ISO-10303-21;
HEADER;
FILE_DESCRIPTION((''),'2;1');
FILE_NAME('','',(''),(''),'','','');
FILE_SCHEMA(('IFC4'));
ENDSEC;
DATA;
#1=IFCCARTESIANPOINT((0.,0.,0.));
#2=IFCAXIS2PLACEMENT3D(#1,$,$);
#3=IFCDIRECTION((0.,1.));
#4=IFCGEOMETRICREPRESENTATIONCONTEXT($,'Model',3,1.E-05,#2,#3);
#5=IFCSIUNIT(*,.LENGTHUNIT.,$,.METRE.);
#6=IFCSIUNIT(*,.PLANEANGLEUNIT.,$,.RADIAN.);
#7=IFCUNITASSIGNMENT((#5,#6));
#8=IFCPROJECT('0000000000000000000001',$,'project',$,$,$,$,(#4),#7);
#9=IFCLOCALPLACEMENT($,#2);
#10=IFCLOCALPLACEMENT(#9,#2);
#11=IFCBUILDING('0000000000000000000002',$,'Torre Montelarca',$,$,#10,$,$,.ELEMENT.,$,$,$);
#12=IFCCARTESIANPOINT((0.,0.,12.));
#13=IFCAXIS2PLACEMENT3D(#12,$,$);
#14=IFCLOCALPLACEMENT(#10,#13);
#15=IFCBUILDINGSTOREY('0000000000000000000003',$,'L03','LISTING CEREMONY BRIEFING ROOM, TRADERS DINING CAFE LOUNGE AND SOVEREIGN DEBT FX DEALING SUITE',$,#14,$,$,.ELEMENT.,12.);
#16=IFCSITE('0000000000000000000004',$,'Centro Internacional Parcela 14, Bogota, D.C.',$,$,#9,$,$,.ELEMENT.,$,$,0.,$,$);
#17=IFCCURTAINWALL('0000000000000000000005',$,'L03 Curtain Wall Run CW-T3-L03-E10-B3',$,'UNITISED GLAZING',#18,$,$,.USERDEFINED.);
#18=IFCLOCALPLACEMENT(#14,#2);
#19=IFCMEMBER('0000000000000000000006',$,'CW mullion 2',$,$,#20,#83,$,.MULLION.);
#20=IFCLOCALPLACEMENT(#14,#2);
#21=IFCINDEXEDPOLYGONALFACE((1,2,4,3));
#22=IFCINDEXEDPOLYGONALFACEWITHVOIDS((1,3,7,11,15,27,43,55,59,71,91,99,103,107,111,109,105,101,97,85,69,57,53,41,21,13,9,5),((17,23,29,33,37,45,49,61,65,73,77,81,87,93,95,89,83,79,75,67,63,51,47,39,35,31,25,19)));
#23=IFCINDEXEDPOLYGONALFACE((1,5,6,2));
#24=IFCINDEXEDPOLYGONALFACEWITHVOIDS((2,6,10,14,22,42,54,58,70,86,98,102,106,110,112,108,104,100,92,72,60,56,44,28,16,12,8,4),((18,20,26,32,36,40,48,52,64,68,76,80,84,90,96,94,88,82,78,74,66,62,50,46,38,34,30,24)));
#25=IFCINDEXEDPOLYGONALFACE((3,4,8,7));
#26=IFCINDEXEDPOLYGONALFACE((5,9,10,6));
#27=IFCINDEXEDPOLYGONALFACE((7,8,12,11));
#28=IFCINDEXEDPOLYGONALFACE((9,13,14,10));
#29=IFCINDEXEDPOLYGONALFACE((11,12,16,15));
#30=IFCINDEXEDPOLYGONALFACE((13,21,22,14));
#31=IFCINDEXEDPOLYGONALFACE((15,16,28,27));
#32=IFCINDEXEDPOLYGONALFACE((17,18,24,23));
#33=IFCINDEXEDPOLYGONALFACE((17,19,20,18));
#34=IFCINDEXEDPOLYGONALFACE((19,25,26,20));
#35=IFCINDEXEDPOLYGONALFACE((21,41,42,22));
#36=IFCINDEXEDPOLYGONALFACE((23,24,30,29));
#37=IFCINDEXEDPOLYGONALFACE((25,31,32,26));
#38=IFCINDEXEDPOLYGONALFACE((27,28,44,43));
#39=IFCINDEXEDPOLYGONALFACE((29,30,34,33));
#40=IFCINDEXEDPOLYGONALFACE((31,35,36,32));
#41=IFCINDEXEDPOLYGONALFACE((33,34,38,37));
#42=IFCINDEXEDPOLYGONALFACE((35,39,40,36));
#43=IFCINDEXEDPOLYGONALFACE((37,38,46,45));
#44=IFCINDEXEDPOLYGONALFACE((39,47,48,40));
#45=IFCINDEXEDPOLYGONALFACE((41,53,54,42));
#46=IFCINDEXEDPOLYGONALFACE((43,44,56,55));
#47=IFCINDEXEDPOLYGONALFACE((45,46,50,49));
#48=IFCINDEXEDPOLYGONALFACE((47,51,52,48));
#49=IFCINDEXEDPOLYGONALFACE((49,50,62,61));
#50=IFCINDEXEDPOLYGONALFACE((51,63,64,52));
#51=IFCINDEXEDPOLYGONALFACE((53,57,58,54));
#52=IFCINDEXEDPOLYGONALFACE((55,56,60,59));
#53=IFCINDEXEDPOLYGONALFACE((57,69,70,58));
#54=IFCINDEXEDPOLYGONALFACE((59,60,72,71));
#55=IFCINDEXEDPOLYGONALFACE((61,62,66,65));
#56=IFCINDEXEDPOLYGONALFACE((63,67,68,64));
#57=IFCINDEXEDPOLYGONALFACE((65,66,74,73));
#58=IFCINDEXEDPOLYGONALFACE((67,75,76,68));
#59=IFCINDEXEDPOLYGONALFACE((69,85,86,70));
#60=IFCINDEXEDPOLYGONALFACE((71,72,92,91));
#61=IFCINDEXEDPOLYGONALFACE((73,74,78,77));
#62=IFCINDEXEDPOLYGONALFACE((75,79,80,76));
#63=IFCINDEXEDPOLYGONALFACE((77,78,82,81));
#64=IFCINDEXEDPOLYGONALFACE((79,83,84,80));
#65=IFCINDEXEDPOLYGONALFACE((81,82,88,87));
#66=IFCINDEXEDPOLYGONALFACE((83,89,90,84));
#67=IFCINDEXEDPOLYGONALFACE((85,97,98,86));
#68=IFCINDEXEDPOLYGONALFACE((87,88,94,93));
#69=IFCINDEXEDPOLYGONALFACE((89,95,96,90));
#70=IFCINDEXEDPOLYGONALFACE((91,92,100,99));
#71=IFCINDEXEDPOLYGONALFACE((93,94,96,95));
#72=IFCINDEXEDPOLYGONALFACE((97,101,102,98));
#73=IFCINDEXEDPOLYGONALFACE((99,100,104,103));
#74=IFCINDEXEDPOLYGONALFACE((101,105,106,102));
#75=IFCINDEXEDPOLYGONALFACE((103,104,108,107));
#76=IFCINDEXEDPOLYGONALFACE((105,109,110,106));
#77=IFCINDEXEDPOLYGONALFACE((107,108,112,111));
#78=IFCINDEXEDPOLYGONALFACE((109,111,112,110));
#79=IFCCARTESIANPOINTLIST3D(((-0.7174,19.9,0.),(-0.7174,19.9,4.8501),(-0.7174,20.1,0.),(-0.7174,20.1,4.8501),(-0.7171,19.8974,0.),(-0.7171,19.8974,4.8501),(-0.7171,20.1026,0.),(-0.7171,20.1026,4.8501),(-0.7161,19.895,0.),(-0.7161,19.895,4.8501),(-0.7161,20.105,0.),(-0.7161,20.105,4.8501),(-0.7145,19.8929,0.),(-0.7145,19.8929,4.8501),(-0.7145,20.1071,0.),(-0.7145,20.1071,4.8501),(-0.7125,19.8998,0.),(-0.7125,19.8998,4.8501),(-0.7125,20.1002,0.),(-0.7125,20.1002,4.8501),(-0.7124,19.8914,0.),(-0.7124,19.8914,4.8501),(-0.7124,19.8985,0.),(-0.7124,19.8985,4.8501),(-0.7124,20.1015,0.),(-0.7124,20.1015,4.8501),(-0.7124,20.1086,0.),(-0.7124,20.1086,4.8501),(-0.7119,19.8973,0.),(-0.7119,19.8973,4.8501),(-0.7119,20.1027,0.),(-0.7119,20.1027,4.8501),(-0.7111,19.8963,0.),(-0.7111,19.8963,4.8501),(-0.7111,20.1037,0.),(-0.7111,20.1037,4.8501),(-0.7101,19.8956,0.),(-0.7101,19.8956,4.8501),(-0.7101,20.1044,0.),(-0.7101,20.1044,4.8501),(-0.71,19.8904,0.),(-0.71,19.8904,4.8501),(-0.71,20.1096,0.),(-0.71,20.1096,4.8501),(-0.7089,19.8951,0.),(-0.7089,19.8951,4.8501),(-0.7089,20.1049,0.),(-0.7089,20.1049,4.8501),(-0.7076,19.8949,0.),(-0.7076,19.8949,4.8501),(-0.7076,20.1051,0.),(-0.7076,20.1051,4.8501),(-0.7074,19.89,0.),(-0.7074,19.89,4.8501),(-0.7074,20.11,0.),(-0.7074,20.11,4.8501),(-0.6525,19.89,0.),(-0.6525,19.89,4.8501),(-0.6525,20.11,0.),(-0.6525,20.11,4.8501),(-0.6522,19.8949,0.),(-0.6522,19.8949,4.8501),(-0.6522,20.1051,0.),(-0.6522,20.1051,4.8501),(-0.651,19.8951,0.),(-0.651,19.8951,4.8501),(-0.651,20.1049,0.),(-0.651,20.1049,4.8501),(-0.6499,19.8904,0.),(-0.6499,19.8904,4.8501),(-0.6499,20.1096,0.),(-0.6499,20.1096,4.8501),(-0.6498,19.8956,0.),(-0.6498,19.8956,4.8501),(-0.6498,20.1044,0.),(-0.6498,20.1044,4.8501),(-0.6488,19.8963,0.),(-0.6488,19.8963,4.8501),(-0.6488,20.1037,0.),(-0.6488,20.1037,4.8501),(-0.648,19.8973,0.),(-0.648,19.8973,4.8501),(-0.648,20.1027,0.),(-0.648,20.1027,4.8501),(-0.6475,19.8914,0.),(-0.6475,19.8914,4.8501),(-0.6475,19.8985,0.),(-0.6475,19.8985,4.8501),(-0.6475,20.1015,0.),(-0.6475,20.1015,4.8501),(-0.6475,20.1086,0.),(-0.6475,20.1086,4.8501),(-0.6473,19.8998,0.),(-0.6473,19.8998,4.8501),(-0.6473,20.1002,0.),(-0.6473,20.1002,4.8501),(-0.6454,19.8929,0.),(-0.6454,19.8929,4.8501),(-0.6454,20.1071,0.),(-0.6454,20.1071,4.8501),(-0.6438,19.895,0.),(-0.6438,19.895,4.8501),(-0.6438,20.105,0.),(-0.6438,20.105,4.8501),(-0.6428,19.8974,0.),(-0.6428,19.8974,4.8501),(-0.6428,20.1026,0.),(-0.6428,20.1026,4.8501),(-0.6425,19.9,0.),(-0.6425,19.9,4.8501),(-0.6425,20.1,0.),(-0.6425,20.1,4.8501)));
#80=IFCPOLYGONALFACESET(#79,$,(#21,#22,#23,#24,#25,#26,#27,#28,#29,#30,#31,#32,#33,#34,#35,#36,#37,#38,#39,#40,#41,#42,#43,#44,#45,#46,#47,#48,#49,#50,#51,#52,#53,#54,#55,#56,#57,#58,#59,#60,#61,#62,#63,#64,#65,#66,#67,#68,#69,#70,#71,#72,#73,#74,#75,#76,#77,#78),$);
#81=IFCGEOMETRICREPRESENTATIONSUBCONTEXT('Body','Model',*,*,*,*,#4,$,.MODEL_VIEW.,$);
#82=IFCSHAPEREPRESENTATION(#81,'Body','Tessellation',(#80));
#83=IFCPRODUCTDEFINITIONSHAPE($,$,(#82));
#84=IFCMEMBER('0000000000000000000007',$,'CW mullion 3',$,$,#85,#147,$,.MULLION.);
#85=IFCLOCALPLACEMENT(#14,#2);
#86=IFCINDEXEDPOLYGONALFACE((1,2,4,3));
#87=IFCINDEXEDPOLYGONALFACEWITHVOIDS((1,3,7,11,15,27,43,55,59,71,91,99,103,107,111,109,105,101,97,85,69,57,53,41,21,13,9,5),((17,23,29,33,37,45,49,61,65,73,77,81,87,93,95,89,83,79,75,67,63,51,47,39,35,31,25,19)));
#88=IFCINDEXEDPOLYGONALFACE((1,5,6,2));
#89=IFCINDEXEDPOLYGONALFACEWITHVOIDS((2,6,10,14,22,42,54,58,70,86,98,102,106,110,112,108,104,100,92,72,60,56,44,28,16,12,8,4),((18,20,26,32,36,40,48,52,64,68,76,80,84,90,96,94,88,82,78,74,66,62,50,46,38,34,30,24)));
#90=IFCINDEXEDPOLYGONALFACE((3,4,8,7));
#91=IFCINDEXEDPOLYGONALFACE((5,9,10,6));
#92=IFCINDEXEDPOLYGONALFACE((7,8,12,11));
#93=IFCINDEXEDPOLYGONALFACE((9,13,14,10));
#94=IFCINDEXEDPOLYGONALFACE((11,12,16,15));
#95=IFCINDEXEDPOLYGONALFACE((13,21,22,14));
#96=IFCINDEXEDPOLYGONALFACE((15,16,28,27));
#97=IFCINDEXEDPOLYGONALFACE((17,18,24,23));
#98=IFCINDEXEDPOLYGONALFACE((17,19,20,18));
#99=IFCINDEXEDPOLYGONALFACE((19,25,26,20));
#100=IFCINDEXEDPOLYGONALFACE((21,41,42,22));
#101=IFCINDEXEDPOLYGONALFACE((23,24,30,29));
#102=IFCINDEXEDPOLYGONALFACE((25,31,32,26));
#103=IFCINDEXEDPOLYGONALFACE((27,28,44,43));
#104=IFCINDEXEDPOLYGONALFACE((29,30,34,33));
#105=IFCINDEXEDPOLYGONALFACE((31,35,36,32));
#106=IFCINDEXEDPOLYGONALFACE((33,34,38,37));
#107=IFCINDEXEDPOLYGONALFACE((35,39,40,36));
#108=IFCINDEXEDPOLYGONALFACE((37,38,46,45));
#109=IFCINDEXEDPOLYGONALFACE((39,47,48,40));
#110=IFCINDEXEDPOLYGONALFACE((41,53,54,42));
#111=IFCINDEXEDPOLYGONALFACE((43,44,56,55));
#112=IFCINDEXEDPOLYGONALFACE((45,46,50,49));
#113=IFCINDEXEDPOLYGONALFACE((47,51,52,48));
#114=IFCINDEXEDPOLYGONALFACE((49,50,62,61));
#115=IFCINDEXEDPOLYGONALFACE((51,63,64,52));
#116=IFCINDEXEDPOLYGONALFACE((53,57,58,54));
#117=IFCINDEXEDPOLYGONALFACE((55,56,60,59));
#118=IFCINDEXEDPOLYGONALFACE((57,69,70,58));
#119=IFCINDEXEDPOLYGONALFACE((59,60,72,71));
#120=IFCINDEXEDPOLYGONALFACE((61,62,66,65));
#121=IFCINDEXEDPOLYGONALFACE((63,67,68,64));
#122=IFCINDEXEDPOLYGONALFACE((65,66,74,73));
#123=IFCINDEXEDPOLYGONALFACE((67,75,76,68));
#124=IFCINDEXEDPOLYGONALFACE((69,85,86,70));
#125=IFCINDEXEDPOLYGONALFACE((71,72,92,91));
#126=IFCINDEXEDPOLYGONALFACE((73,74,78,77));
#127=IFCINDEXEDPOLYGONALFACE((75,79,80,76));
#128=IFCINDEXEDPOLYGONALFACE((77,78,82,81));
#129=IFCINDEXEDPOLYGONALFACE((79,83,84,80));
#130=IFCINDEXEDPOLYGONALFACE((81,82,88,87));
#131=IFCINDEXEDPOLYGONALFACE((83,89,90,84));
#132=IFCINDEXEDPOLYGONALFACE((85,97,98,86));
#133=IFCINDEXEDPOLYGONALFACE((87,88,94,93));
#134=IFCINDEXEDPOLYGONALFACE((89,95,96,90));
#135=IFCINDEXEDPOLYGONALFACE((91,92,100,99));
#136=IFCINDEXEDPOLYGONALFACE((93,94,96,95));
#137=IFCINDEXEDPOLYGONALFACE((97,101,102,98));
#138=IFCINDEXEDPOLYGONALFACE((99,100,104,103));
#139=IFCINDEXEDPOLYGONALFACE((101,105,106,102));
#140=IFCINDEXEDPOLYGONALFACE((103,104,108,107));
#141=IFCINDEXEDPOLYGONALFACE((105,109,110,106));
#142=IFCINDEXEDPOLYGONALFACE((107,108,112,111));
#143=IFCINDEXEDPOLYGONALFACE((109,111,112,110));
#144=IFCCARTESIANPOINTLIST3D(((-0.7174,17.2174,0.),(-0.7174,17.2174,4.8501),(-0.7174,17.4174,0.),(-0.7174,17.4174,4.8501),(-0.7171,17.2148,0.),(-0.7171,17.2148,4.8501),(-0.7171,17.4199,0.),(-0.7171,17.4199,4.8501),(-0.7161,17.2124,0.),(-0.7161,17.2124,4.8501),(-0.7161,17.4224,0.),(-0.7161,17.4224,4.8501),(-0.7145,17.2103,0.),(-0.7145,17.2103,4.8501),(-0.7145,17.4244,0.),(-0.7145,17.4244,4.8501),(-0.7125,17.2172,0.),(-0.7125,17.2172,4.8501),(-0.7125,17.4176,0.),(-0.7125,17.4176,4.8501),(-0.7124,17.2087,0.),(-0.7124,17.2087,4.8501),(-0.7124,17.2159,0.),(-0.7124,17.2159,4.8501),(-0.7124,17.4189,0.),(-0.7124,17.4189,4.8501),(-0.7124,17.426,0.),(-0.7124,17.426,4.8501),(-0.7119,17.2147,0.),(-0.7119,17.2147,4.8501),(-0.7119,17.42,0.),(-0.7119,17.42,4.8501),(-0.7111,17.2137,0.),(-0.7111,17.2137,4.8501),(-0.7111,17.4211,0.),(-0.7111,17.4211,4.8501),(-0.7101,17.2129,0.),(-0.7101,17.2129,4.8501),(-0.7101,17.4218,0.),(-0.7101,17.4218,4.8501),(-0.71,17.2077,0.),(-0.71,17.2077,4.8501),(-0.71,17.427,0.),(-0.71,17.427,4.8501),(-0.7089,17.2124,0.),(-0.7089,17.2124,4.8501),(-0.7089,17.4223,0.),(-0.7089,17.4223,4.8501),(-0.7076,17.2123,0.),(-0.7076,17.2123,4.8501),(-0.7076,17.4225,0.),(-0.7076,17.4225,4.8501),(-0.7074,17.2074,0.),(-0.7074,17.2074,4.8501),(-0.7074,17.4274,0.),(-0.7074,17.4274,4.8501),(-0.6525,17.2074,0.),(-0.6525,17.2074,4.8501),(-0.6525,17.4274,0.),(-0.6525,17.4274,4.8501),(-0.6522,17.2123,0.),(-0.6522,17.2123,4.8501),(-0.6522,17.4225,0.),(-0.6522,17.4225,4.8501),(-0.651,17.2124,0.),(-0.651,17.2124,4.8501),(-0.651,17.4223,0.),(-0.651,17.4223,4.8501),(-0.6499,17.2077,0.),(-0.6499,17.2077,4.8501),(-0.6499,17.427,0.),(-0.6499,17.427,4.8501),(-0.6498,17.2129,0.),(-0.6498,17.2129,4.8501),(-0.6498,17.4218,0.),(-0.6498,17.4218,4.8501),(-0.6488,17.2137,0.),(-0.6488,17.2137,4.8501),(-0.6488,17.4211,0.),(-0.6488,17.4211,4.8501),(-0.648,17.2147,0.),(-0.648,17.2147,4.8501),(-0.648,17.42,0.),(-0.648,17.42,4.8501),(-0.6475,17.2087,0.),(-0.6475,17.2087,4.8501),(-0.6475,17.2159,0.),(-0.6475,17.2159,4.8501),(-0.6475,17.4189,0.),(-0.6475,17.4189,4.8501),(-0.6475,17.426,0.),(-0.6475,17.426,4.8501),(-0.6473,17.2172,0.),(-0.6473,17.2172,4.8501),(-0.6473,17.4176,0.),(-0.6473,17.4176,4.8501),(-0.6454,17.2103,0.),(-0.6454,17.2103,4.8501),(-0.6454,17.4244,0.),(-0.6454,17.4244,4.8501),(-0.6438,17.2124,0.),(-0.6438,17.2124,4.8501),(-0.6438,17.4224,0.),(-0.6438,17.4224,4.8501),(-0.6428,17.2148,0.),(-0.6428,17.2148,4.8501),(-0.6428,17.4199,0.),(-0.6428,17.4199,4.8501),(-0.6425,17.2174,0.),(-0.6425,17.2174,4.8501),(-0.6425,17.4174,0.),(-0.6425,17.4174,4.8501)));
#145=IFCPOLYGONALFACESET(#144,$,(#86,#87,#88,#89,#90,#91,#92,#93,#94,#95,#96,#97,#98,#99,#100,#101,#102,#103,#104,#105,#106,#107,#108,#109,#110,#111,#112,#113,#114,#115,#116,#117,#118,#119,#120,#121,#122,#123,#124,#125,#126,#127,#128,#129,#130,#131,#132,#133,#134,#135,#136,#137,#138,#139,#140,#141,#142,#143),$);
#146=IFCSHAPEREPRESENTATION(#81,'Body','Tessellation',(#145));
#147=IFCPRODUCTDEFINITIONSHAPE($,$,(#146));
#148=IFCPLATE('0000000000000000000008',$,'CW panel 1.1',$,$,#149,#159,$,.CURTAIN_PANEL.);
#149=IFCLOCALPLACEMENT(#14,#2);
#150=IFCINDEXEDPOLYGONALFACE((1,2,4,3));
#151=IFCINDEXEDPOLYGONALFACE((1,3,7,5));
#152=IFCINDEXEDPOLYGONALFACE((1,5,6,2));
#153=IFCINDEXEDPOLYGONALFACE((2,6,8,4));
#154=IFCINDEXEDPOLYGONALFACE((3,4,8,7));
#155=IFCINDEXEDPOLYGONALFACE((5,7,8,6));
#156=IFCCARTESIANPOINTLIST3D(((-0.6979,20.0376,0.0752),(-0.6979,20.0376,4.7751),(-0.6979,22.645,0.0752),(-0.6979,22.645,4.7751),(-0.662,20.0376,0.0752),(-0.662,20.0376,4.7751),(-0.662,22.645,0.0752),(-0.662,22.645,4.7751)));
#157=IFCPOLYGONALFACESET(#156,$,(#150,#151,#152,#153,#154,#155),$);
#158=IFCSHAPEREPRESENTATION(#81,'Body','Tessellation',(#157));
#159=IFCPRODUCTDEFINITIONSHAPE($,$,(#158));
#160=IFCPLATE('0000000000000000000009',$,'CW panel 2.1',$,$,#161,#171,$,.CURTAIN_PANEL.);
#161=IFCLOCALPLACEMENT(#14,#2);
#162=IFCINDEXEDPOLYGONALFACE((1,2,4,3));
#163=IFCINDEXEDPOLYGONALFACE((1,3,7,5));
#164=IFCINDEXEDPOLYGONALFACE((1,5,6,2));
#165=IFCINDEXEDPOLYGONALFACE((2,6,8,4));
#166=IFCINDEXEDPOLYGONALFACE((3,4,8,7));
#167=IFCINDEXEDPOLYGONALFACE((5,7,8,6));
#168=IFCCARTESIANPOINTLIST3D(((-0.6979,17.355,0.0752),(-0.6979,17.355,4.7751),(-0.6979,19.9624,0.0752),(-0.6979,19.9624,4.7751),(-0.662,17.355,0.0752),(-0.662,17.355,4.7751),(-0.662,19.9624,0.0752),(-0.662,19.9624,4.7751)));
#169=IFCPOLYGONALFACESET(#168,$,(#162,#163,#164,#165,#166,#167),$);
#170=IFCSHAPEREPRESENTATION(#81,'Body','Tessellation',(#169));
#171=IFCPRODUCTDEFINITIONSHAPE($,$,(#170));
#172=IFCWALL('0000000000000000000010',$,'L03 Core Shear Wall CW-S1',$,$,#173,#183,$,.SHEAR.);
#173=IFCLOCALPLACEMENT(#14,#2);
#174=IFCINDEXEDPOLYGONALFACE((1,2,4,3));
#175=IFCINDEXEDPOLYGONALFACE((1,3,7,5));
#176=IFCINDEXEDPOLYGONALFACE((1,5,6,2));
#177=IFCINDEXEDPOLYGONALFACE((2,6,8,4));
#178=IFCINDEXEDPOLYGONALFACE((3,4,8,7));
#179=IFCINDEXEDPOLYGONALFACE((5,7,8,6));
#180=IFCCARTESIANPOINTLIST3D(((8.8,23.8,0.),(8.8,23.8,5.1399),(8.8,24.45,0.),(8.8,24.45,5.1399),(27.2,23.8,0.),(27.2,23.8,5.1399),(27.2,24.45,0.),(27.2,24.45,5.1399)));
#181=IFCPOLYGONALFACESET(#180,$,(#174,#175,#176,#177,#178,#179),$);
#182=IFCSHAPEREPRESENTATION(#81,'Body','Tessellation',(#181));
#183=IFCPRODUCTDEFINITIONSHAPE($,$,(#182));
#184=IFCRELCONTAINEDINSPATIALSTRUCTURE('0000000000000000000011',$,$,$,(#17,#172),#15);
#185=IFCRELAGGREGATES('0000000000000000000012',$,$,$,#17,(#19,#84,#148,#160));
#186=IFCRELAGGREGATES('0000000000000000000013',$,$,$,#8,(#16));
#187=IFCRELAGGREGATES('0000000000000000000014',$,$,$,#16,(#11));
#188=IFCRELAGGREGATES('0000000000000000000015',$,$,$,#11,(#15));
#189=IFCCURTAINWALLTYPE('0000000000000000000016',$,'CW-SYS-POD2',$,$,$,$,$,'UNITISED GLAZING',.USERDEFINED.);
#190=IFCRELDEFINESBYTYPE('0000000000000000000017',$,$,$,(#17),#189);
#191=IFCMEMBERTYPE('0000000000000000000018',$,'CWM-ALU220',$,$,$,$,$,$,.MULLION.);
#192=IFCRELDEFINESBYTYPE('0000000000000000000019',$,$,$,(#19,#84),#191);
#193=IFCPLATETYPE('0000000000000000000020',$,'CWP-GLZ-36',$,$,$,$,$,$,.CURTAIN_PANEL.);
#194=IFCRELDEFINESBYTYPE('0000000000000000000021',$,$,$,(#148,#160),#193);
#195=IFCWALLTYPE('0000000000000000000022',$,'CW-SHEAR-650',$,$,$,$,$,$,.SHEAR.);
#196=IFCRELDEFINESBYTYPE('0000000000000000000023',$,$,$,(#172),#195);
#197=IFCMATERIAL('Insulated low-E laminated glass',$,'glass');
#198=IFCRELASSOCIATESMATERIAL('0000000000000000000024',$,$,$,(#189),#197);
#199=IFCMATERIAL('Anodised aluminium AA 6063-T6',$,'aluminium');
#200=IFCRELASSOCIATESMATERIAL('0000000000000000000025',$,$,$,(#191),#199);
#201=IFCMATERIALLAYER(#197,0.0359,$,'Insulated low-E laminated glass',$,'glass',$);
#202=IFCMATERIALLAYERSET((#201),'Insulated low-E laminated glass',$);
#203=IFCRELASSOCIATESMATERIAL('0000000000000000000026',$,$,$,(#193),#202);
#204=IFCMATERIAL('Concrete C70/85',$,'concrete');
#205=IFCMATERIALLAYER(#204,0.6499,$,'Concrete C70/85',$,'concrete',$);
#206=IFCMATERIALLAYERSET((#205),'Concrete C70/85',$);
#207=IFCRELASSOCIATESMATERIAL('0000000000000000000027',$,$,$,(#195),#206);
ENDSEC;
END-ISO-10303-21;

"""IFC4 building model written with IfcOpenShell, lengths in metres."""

from ifc_helpers import new_model, si_unit, direction, frame, frame_2d, origin, origin_2d, place, context, subcontext, project, spatial, rectangle, hollow_rectangle, extrude, source, transform, mapped, material, layer, layer_set, material_profile, profile_set, type_object, element, aggregate, save


model = new_model("IFC4")

# Units and contexts
model_context = context("Model", 3, precision=1e-05, world=origin(), true_north=direction((0.0, 1.0)))
body_context = subcontext(model_context, "Body", "Model", "MODEL_VIEW")
ifc_project = project(units=[si_unit("LENGTHUNIT", "METRE"), si_unit("PLANEANGLEUNIT", "RADIAN")], contexts=[model_context])

# Site, building, storey
site_placement = place(None, origin())
site = spatial("IfcSite", under=ifc_project, at=site_placement, Name="Centro Internacional Parcela 14, Bogota, D.C.", CompositionType="ELEMENT", RefElevation=0.0)
building_placement = place(site_placement, origin())
building = spatial("IfcBuilding", under=site, at=building_placement, Name="Torre Montelarca", CompositionType="ELEMENT")
storey_placement = place(building_placement, frame((0.0, 0.0, 12.0)))
storey = spatial("IfcBuildingStorey", under=building, at=storey_placement, Name="L03", Description="LISTING CEREMONY BRIEFING ROOM, TRADERS DINING CAFE LOUNGE AND SOVEREIGN DEBT FX DEALING SUITE", CompositionType="ELEMENT", Elevation=12.0)

# Shared definitions
ifc_material_1 = material(Name="Concrete C70/85", Category="concrete")

# Curtain wall
ifc_material_2 = material(Name="Insulated low-E laminated glass", Category="glass")
curtain_wall_type = type_object("IfcCurtainWallType", Name="CW-SYS-POD2", ElementType="UNITISED GLAZING", PredefinedType="USERDEFINED", material=ifc_material_2)
curtain_wall_1_placement = place(storey_placement, origin())
curtain_wall_1 = element("IfcCurtainWall", 1, at=curtain_wall_1_placement, inside=storey, type_object=curtain_wall_type, Name="L03 Curtain Wall Run CW-T3-L03-E10-B3", ObjectType="UNITISED GLAZING", PredefinedType="USERDEFINED")
ifc_material_3 = material(Name="Anodised aluminium AA 6063-T6", Category="aluminium")

# Shared definitions
ifc_material_profile_1 = material_profile(ifc_material_3, hollow_rectangle(XDim=0.075, YDim=0.22, WallThickness=0.0049, InnerFilletRadius=0.0049, OuterFilletRadius=0.01, at=origin_2d()), Name="ALU75X220X5", Category="aluminium")
ifc_profile_set_1 = profile_set([ifc_material_profile_1], Name="Anodised aluminium AA 6063-T6")
member_type_1 = type_object("IfcMemberType", Name="CWM-ALU220", PredefinedType="MULLION", material=ifc_profile_set_1)
shared_shape_1 = source(origin(), body_context, "Body", "SweptSolid", [
    extrude(hollow_rectangle(XDim=0.075, YDim=0.22, WallThickness=0.0049, InnerFilletRadius=0.0049, OuterFilletRadius=0.01, at=origin_2d()), origin(), (0.0, 0.0, 1.0), 4.8501),
])

# Members
member_1_placement = place(storey_placement, frame((-0.6799, 20.0, 0.0), z_axis=(0.0, 0.0, 1.0), x_axis=(1.0, 0.0, 0.0)))
member_1 = element("IfcMember", 2, at=member_1_placement, type_object=member_type_1, Name="CW mullion 2", PredefinedType="MULLION", context=body_context, shape_type="MappedRepresentation", body=[
    mapped(shared_shape_1, transform((0.0, 0.0, 0.0), scale=1.0)),
])
member_2_placement = place(storey_placement, frame((-0.6799, 17.3174, 0.0), z_axis=(0.0, 0.0, 1.0), x_axis=(1.0, 0.0, 0.0)))
member_2 = element("IfcMember", 3, at=member_2_placement, type_object=member_type_1, Name="CW mullion 3", PredefinedType="MULLION", context=body_context, shape_type="MappedRepresentation", body=[
    mapped(shared_shape_1, transform((0.0, 0.0, 0.0), scale=1.0)),
])

# Plates
ifc_layer_1 = layer(ifc_material_2, 0.0359, Name="Insulated low-E laminated glass", Category="glass")
ifc_layer_set_1 = layer_set([ifc_layer_1], Name="Insulated low-E laminated glass")
plate_type = type_object("IfcPlateType", Name="CWP-GLZ-36", PredefinedType="CURTAIN_PANEL", material=ifc_layer_set_1)
shared_shape_2 = source(origin(), body_context, "Body", "SweptSolid", [
    extrude(rectangle(XDim=2.6074, YDim=0.0359, at=origin_2d()), origin(), (0.0, 0.0, 1.0), 4.7),
])
plate_1_placement = place(storey_placement, frame((-0.6799, 21.3413, 0.0752), z_axis=(0.0, 0.0, 1.0), x_axis=(0.0, -1.0, 0.0)))
plate_1 = element("IfcPlate", 4, at=plate_1_placement, type_object=plate_type, Name="CW panel 1.1", PredefinedType="CURTAIN_PANEL", context=body_context, shape_type="MappedRepresentation", body=[
    mapped(shared_shape_2, transform((0.0, 0.0, 0.0), scale=1.0)),
])
plate_2_placement = place(storey_placement, frame((-0.6799, 18.6587, 0.0752), z_axis=(0.0, 0.0, 1.0), x_axis=(0.0, -1.0, 0.0)))
plate_2 = element("IfcPlate", 5, at=plate_2_placement, type_object=plate_type, Name="CW panel 2.1", PredefinedType="CURTAIN_PANEL", context=body_context, shape_type="MappedRepresentation", body=[
    mapped(shared_shape_2, transform((0.0, 0.0, 0.0), scale=1.0)),
])
aggregate(curtain_wall_1, [member_1, member_2, plate_1, plate_2])

# Wall
ifc_layer_2 = layer(ifc_material_1, 0.6499, Name="Concrete C70/85", Category="concrete")
ifc_layer_set_2 = layer_set([ifc_layer_2], Name="Concrete C70/85")
wall_type_1 = type_object("IfcWallType", Name="CW-SHEAR-650", PredefinedType="SHEAR", material=ifc_layer_set_2)
wall_1_placement = place(storey_placement, frame((8.8, 24.125, 0.0), z_axis=(0.0, 0.0, 1.0), x_axis=(1.0, 0.0, 0.0)))
element("IfcWall", 6, at=wall_1_placement, inside=storey, type_object=wall_type_1, Name="L03 Core Shear Wall CW-S1", PredefinedType="SHEAR", context=body_context, shape_type="SweptSolid", body=[
    extrude(rectangle(XDim=18.3999, YDim=0.6499, at=frame_2d((9.2, 0.0))), origin(), (0.0, 0.0, 1.0), 5.1399),
])

save(model, "model.ifc")
